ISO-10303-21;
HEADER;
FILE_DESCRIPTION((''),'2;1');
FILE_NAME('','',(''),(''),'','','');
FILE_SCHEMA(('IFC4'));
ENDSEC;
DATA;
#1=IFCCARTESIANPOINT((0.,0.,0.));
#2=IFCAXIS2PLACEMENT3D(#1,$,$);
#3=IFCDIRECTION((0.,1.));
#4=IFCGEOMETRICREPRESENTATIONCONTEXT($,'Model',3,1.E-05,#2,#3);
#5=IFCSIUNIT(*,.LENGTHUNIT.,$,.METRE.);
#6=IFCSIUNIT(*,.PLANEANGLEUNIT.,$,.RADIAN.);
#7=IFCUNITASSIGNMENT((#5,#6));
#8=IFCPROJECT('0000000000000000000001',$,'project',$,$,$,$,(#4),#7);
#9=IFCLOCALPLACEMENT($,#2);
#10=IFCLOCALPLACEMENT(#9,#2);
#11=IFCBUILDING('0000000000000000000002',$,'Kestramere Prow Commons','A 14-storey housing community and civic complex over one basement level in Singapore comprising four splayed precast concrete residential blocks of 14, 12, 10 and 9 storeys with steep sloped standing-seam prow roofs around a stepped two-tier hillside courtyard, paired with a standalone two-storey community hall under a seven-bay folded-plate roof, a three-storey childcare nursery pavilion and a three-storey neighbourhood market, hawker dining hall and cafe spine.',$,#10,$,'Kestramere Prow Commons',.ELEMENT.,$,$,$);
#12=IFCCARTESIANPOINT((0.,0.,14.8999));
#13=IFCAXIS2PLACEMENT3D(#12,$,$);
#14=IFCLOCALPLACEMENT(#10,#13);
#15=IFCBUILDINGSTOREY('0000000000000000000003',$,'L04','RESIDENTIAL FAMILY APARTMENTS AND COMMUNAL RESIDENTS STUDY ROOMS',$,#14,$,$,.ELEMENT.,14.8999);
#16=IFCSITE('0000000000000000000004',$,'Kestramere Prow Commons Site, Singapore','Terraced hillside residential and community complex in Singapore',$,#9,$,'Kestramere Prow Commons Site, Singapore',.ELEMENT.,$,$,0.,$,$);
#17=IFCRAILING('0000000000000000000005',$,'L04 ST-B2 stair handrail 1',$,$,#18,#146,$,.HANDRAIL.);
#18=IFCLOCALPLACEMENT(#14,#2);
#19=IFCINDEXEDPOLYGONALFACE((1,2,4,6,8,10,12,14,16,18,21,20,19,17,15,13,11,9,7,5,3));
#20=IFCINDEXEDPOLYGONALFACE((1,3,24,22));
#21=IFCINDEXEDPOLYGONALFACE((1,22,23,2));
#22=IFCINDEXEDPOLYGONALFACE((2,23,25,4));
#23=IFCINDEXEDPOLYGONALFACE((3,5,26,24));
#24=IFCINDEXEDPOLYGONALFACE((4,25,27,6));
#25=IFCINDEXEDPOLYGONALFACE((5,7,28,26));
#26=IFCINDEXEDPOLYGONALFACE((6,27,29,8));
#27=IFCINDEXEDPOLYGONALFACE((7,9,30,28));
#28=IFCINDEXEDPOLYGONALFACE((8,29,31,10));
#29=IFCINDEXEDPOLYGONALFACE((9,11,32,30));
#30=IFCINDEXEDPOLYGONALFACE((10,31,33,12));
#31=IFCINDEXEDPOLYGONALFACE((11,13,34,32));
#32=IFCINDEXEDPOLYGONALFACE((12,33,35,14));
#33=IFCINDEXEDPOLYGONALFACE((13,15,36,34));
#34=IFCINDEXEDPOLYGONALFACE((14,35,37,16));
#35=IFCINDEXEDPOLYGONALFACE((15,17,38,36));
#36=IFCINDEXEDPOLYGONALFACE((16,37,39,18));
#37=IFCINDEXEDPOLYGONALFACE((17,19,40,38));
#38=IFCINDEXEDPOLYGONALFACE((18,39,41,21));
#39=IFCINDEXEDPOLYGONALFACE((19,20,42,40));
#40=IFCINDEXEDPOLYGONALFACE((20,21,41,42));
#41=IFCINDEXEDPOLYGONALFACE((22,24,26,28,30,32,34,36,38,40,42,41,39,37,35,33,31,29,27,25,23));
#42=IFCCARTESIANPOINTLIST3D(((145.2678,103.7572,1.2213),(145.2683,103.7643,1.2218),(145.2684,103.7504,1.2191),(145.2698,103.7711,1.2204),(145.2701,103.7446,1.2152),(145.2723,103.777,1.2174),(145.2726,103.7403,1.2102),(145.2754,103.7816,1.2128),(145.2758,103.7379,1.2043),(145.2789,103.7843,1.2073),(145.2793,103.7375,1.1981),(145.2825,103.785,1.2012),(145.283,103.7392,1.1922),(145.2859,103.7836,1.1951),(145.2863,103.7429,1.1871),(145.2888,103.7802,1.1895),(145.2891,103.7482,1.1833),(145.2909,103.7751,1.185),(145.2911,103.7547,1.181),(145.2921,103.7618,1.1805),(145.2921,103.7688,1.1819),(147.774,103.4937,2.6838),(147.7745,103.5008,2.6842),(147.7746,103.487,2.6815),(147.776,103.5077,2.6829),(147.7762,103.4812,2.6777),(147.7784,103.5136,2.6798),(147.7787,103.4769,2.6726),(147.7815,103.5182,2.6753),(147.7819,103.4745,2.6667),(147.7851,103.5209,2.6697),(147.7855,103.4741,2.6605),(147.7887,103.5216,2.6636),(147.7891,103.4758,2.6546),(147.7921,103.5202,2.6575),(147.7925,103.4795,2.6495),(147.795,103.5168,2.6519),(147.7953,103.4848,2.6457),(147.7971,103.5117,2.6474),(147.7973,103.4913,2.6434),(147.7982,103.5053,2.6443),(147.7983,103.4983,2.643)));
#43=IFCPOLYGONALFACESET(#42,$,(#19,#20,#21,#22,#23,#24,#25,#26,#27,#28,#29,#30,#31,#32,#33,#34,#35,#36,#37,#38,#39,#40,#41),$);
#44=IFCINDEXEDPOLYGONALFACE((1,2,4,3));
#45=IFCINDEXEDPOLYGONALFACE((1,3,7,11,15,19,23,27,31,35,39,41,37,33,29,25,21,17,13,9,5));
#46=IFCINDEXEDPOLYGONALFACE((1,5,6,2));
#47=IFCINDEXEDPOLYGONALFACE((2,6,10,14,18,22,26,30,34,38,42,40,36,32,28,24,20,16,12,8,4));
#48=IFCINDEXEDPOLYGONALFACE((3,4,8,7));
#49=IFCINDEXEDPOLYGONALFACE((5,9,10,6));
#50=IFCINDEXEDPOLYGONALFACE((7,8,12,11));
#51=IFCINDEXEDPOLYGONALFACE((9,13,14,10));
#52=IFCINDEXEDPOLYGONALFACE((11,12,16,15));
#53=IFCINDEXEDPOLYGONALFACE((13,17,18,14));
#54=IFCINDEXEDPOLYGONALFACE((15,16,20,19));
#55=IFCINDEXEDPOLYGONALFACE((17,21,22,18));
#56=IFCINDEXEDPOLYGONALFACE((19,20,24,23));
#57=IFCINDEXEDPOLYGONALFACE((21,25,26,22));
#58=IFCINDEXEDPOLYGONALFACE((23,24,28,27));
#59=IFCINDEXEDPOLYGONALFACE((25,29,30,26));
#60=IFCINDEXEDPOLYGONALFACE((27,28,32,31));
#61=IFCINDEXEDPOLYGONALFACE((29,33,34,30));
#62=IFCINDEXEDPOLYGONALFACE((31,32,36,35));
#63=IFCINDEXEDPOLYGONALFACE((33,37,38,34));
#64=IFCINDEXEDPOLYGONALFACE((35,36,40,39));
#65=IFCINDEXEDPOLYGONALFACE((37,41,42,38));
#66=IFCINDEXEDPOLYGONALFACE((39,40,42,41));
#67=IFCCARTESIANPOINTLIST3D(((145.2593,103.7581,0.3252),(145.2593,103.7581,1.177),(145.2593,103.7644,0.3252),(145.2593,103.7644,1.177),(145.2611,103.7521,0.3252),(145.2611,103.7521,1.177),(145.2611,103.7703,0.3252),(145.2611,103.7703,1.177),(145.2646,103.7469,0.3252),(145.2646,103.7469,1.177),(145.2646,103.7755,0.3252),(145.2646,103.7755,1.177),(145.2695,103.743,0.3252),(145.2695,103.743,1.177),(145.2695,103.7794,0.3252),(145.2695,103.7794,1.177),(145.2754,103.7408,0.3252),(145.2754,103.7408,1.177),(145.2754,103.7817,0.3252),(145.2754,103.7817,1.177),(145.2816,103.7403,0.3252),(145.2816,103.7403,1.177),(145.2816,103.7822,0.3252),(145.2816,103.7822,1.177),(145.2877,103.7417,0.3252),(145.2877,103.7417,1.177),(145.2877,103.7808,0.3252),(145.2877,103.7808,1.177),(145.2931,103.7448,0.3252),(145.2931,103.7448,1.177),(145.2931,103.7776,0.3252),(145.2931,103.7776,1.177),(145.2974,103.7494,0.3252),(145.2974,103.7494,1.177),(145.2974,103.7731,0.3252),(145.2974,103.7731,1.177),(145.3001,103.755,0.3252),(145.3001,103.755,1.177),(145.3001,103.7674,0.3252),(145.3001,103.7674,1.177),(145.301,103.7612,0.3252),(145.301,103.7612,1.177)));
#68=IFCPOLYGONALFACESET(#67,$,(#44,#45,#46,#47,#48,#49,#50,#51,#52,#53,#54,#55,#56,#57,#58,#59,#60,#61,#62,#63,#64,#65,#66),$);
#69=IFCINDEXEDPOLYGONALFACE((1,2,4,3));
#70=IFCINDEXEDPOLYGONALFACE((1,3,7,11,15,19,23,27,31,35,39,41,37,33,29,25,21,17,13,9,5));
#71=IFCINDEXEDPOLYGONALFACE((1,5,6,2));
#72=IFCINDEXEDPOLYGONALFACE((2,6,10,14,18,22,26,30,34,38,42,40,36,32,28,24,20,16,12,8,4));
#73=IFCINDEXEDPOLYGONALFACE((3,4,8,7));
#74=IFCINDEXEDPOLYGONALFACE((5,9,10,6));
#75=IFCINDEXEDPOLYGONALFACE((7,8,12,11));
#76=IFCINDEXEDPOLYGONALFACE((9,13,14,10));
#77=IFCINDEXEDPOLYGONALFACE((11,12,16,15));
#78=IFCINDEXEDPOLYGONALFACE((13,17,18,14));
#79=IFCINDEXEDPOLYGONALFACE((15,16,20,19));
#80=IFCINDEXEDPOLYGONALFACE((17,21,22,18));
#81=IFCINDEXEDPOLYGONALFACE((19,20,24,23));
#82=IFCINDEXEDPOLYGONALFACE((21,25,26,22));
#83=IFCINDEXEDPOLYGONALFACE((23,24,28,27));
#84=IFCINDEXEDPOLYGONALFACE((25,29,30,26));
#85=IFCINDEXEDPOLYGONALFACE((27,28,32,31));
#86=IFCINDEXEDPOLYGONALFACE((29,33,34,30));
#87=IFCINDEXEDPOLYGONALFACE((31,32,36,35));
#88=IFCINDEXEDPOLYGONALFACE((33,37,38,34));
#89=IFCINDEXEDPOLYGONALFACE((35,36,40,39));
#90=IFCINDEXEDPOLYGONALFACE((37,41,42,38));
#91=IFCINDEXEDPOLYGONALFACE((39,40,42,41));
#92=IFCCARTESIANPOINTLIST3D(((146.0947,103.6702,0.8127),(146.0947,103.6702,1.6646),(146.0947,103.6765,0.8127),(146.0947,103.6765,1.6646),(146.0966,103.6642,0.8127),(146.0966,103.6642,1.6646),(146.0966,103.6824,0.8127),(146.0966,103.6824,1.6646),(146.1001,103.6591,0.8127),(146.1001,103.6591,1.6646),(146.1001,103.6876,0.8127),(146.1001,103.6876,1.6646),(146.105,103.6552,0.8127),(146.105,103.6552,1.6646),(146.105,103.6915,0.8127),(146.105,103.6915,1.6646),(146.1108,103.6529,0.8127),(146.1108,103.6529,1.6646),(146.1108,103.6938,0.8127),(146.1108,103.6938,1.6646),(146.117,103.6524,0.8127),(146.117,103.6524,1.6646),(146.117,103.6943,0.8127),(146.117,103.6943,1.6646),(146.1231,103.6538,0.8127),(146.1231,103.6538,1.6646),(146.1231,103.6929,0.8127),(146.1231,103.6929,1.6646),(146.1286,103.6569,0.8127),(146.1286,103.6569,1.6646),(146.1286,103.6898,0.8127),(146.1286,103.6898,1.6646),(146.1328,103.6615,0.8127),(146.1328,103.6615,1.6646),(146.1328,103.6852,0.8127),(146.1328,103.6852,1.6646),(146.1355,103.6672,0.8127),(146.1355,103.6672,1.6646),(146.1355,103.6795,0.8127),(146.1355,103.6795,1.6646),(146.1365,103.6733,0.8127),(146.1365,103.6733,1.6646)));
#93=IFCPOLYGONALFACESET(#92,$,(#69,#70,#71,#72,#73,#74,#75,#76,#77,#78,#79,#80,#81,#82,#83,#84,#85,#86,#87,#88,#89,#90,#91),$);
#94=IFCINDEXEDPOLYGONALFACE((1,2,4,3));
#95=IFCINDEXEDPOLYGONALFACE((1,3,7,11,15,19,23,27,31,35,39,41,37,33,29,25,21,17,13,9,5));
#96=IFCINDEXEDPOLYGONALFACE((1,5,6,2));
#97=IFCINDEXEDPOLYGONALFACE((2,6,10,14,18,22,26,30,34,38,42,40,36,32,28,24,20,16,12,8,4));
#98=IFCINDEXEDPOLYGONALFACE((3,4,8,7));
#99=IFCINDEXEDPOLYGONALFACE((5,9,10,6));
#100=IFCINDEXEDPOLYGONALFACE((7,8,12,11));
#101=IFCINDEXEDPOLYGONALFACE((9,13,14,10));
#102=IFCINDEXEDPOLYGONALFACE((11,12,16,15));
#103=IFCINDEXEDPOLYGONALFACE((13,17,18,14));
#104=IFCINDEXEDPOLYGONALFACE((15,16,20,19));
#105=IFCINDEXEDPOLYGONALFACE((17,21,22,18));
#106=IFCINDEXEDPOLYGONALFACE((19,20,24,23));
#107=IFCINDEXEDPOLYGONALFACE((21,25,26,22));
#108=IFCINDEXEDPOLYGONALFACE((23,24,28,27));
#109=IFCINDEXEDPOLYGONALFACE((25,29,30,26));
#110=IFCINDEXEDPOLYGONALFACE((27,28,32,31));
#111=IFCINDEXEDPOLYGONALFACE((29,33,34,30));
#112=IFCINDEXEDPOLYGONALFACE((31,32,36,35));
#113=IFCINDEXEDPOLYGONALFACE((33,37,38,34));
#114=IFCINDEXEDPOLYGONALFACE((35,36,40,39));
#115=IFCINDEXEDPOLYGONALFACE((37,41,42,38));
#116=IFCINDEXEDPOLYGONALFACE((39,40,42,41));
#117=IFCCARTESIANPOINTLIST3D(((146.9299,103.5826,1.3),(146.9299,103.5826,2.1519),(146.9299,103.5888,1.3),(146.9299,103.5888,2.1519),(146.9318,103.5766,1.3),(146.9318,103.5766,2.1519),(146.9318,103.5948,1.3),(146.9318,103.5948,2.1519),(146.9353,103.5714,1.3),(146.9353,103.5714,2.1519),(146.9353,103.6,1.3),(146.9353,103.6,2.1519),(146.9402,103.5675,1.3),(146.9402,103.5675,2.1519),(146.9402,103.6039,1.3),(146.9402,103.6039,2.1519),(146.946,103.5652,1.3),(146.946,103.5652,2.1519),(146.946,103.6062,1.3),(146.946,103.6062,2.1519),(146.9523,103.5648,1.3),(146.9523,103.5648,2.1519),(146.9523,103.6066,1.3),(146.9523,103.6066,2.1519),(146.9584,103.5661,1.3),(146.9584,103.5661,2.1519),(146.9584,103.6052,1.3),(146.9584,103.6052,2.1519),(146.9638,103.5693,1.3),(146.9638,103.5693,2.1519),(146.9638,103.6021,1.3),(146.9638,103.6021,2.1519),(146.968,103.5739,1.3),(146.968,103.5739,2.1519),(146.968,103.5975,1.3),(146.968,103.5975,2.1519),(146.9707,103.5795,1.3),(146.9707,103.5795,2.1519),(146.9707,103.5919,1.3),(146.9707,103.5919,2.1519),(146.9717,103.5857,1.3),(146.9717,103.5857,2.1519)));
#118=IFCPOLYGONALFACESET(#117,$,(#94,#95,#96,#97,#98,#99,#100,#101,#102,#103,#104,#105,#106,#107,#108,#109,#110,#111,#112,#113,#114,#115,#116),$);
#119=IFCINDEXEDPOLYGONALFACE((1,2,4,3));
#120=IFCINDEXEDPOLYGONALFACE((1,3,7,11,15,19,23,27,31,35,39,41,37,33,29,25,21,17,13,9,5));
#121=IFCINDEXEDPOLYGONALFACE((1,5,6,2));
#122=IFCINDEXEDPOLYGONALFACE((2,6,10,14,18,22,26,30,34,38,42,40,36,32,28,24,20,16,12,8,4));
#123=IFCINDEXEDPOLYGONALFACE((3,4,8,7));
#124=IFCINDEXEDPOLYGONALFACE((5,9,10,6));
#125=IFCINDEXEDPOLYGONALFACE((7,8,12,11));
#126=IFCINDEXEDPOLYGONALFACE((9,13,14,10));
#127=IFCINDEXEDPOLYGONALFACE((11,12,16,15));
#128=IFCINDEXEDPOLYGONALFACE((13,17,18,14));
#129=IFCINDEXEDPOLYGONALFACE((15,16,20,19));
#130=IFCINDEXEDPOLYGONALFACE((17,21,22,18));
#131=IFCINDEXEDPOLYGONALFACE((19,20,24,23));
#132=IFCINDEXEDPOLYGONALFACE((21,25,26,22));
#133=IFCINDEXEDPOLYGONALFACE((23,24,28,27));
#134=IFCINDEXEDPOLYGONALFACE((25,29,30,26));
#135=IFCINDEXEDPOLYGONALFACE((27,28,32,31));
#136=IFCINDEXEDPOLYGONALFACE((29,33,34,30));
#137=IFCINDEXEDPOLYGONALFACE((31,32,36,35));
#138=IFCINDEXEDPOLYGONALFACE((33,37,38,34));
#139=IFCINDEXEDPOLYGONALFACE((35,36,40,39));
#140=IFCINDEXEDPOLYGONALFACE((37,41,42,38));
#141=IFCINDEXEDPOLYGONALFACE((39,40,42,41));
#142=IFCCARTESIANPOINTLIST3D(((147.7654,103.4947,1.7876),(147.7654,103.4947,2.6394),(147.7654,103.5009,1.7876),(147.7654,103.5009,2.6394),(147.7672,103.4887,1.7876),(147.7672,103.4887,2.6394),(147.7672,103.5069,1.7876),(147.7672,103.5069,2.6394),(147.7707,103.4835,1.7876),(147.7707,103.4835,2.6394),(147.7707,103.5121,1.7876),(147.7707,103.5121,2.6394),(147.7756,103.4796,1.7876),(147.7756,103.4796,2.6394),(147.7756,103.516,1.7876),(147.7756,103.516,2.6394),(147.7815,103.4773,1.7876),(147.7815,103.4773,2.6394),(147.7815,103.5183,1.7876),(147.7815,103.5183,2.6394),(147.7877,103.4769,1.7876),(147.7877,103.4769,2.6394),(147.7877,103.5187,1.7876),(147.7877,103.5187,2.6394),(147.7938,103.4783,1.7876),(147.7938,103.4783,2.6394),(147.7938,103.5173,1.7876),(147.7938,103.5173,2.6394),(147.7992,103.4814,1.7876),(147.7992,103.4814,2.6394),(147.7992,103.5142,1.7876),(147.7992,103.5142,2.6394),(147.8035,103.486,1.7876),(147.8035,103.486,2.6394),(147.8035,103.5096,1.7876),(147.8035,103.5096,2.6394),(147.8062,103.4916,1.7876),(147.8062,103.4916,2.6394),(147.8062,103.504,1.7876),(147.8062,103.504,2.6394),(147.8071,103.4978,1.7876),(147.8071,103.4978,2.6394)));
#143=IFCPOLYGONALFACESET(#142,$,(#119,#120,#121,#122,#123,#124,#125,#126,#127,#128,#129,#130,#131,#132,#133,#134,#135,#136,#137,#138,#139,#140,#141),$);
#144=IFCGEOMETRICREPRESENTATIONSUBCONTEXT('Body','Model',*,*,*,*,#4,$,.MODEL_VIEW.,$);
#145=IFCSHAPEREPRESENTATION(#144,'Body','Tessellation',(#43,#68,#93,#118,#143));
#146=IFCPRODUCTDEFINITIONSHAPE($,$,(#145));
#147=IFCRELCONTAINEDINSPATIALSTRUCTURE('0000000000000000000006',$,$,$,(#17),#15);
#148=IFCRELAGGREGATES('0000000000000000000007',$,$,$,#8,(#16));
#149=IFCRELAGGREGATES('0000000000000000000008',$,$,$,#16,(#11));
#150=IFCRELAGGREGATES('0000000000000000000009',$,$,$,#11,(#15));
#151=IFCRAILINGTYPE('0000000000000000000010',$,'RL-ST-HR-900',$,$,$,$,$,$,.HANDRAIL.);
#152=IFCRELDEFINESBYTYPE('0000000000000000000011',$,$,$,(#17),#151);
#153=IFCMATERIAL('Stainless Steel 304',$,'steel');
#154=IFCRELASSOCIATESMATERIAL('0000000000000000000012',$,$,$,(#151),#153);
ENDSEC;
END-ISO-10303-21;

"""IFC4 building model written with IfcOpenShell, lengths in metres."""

from ifc_helpers import new_model, si_unit, direction, frame, origin, origin_2d, place, context, subcontext, project, spatial, circle, extrude, material, type_object, element, save


model = new_model("IFC4")

# Units and contexts
model_context = context("Model", 3, precision=1e-05, world=origin(), true_north=direction((0.0, 1.0)))
body_context = subcontext(model_context, "Body", "Model", "MODEL_VIEW")
ifc_project = project(units=[si_unit("LENGTHUNIT", "METRE"), si_unit("PLANEANGLEUNIT", "RADIAN")], contexts=[model_context])

# Site, building, storey
site_placement = place(None, origin())
site = spatial("IfcSite", under=ifc_project, at=site_placement, Name="Kestramere Prow Commons Site, Singapore", Description="Terraced hillside residential and community complex in Singapore", LongName="Kestramere Prow Commons Site, Singapore", CompositionType="ELEMENT", RefElevation=0.0)
building_placement = place(site_placement, origin())
building = spatial("IfcBuilding", under=site, at=building_placement, Name="Kestramere Prow Commons", Description="A 14-storey housing community and civic complex over one basement level in Singapore comprising four splayed precast concrete residential blocks of 14, 12, 10 and 9 storeys with steep sloped standing-seam prow roofs around a stepped two-tier hillside courtyard, paired with a standalone two-storey community hall under a seven-bay folded-plate roof, a three-storey childcare nursery pavilion and a three-storey neighbourhood market, hawker dining hall and cafe spine.", LongName="Kestramere Prow Commons", CompositionType="ELEMENT")
storey_placement = place(building_placement, frame((0.0, 0.0, 14.8999)))
storey = spatial("IfcBuildingStorey", under=building, at=storey_placement, Name="L04", Description="RESIDENTIAL FAMILY APARTMENTS AND COMMUNAL RESIDENTS STUDY ROOMS", CompositionType="ELEMENT", Elevation=14.8999)

# Railing
ifc_material_1 = material(Name="Stainless Steel 304", Category="steel")
railing_type_1 = type_object("IfcRailingType", Name="RL-ST-HR-900", PredefinedType="HANDRAIL", material=ifc_material_1)
railing_1_placement = place(storey_placement, frame((145.28, 103.7612, 0.3252)))
element("IfcRailing", 1, at=railing_1_placement, inside=storey, type_object=railing_type_1, Name="L04 ST-B2 stair handrail 1", PredefinedType="HANDRAIL", context=body_context, shape_type="SweptSolid", body=[
    extrude(circle(Radius=0.0239, at=origin_2d()), frame((0.0, 0.0, 0.876), z_axis=(0.860165, -0.090416, 0.501937), x_axis=(0.104539, 0.994521, 0.0)), (0.0, 0.0, 1.0), 2.9136),
    extrude(circle(Radius=0.021, at=origin_2d()), origin(), (0.0, 0.0, 1.0), 0.8518),
    extrude(circle(Radius=0.021, at=origin_2d()), frame((0.8354, -0.0879, 0.4875)), (0.0, 0.0, 1.0), 0.8518),
    extrude(circle(Radius=0.021, at=origin_2d()), frame((1.6707, -0.1755, 0.9749)), (0.0, 0.0, 1.0), 0.8518),
    extrude(circle(Radius=0.021, at=origin_2d()), frame((2.5061, -0.2634, 1.4624)), (0.0, 0.0, 1.0), 0.8518),
])

save(model, "model.ifc")
